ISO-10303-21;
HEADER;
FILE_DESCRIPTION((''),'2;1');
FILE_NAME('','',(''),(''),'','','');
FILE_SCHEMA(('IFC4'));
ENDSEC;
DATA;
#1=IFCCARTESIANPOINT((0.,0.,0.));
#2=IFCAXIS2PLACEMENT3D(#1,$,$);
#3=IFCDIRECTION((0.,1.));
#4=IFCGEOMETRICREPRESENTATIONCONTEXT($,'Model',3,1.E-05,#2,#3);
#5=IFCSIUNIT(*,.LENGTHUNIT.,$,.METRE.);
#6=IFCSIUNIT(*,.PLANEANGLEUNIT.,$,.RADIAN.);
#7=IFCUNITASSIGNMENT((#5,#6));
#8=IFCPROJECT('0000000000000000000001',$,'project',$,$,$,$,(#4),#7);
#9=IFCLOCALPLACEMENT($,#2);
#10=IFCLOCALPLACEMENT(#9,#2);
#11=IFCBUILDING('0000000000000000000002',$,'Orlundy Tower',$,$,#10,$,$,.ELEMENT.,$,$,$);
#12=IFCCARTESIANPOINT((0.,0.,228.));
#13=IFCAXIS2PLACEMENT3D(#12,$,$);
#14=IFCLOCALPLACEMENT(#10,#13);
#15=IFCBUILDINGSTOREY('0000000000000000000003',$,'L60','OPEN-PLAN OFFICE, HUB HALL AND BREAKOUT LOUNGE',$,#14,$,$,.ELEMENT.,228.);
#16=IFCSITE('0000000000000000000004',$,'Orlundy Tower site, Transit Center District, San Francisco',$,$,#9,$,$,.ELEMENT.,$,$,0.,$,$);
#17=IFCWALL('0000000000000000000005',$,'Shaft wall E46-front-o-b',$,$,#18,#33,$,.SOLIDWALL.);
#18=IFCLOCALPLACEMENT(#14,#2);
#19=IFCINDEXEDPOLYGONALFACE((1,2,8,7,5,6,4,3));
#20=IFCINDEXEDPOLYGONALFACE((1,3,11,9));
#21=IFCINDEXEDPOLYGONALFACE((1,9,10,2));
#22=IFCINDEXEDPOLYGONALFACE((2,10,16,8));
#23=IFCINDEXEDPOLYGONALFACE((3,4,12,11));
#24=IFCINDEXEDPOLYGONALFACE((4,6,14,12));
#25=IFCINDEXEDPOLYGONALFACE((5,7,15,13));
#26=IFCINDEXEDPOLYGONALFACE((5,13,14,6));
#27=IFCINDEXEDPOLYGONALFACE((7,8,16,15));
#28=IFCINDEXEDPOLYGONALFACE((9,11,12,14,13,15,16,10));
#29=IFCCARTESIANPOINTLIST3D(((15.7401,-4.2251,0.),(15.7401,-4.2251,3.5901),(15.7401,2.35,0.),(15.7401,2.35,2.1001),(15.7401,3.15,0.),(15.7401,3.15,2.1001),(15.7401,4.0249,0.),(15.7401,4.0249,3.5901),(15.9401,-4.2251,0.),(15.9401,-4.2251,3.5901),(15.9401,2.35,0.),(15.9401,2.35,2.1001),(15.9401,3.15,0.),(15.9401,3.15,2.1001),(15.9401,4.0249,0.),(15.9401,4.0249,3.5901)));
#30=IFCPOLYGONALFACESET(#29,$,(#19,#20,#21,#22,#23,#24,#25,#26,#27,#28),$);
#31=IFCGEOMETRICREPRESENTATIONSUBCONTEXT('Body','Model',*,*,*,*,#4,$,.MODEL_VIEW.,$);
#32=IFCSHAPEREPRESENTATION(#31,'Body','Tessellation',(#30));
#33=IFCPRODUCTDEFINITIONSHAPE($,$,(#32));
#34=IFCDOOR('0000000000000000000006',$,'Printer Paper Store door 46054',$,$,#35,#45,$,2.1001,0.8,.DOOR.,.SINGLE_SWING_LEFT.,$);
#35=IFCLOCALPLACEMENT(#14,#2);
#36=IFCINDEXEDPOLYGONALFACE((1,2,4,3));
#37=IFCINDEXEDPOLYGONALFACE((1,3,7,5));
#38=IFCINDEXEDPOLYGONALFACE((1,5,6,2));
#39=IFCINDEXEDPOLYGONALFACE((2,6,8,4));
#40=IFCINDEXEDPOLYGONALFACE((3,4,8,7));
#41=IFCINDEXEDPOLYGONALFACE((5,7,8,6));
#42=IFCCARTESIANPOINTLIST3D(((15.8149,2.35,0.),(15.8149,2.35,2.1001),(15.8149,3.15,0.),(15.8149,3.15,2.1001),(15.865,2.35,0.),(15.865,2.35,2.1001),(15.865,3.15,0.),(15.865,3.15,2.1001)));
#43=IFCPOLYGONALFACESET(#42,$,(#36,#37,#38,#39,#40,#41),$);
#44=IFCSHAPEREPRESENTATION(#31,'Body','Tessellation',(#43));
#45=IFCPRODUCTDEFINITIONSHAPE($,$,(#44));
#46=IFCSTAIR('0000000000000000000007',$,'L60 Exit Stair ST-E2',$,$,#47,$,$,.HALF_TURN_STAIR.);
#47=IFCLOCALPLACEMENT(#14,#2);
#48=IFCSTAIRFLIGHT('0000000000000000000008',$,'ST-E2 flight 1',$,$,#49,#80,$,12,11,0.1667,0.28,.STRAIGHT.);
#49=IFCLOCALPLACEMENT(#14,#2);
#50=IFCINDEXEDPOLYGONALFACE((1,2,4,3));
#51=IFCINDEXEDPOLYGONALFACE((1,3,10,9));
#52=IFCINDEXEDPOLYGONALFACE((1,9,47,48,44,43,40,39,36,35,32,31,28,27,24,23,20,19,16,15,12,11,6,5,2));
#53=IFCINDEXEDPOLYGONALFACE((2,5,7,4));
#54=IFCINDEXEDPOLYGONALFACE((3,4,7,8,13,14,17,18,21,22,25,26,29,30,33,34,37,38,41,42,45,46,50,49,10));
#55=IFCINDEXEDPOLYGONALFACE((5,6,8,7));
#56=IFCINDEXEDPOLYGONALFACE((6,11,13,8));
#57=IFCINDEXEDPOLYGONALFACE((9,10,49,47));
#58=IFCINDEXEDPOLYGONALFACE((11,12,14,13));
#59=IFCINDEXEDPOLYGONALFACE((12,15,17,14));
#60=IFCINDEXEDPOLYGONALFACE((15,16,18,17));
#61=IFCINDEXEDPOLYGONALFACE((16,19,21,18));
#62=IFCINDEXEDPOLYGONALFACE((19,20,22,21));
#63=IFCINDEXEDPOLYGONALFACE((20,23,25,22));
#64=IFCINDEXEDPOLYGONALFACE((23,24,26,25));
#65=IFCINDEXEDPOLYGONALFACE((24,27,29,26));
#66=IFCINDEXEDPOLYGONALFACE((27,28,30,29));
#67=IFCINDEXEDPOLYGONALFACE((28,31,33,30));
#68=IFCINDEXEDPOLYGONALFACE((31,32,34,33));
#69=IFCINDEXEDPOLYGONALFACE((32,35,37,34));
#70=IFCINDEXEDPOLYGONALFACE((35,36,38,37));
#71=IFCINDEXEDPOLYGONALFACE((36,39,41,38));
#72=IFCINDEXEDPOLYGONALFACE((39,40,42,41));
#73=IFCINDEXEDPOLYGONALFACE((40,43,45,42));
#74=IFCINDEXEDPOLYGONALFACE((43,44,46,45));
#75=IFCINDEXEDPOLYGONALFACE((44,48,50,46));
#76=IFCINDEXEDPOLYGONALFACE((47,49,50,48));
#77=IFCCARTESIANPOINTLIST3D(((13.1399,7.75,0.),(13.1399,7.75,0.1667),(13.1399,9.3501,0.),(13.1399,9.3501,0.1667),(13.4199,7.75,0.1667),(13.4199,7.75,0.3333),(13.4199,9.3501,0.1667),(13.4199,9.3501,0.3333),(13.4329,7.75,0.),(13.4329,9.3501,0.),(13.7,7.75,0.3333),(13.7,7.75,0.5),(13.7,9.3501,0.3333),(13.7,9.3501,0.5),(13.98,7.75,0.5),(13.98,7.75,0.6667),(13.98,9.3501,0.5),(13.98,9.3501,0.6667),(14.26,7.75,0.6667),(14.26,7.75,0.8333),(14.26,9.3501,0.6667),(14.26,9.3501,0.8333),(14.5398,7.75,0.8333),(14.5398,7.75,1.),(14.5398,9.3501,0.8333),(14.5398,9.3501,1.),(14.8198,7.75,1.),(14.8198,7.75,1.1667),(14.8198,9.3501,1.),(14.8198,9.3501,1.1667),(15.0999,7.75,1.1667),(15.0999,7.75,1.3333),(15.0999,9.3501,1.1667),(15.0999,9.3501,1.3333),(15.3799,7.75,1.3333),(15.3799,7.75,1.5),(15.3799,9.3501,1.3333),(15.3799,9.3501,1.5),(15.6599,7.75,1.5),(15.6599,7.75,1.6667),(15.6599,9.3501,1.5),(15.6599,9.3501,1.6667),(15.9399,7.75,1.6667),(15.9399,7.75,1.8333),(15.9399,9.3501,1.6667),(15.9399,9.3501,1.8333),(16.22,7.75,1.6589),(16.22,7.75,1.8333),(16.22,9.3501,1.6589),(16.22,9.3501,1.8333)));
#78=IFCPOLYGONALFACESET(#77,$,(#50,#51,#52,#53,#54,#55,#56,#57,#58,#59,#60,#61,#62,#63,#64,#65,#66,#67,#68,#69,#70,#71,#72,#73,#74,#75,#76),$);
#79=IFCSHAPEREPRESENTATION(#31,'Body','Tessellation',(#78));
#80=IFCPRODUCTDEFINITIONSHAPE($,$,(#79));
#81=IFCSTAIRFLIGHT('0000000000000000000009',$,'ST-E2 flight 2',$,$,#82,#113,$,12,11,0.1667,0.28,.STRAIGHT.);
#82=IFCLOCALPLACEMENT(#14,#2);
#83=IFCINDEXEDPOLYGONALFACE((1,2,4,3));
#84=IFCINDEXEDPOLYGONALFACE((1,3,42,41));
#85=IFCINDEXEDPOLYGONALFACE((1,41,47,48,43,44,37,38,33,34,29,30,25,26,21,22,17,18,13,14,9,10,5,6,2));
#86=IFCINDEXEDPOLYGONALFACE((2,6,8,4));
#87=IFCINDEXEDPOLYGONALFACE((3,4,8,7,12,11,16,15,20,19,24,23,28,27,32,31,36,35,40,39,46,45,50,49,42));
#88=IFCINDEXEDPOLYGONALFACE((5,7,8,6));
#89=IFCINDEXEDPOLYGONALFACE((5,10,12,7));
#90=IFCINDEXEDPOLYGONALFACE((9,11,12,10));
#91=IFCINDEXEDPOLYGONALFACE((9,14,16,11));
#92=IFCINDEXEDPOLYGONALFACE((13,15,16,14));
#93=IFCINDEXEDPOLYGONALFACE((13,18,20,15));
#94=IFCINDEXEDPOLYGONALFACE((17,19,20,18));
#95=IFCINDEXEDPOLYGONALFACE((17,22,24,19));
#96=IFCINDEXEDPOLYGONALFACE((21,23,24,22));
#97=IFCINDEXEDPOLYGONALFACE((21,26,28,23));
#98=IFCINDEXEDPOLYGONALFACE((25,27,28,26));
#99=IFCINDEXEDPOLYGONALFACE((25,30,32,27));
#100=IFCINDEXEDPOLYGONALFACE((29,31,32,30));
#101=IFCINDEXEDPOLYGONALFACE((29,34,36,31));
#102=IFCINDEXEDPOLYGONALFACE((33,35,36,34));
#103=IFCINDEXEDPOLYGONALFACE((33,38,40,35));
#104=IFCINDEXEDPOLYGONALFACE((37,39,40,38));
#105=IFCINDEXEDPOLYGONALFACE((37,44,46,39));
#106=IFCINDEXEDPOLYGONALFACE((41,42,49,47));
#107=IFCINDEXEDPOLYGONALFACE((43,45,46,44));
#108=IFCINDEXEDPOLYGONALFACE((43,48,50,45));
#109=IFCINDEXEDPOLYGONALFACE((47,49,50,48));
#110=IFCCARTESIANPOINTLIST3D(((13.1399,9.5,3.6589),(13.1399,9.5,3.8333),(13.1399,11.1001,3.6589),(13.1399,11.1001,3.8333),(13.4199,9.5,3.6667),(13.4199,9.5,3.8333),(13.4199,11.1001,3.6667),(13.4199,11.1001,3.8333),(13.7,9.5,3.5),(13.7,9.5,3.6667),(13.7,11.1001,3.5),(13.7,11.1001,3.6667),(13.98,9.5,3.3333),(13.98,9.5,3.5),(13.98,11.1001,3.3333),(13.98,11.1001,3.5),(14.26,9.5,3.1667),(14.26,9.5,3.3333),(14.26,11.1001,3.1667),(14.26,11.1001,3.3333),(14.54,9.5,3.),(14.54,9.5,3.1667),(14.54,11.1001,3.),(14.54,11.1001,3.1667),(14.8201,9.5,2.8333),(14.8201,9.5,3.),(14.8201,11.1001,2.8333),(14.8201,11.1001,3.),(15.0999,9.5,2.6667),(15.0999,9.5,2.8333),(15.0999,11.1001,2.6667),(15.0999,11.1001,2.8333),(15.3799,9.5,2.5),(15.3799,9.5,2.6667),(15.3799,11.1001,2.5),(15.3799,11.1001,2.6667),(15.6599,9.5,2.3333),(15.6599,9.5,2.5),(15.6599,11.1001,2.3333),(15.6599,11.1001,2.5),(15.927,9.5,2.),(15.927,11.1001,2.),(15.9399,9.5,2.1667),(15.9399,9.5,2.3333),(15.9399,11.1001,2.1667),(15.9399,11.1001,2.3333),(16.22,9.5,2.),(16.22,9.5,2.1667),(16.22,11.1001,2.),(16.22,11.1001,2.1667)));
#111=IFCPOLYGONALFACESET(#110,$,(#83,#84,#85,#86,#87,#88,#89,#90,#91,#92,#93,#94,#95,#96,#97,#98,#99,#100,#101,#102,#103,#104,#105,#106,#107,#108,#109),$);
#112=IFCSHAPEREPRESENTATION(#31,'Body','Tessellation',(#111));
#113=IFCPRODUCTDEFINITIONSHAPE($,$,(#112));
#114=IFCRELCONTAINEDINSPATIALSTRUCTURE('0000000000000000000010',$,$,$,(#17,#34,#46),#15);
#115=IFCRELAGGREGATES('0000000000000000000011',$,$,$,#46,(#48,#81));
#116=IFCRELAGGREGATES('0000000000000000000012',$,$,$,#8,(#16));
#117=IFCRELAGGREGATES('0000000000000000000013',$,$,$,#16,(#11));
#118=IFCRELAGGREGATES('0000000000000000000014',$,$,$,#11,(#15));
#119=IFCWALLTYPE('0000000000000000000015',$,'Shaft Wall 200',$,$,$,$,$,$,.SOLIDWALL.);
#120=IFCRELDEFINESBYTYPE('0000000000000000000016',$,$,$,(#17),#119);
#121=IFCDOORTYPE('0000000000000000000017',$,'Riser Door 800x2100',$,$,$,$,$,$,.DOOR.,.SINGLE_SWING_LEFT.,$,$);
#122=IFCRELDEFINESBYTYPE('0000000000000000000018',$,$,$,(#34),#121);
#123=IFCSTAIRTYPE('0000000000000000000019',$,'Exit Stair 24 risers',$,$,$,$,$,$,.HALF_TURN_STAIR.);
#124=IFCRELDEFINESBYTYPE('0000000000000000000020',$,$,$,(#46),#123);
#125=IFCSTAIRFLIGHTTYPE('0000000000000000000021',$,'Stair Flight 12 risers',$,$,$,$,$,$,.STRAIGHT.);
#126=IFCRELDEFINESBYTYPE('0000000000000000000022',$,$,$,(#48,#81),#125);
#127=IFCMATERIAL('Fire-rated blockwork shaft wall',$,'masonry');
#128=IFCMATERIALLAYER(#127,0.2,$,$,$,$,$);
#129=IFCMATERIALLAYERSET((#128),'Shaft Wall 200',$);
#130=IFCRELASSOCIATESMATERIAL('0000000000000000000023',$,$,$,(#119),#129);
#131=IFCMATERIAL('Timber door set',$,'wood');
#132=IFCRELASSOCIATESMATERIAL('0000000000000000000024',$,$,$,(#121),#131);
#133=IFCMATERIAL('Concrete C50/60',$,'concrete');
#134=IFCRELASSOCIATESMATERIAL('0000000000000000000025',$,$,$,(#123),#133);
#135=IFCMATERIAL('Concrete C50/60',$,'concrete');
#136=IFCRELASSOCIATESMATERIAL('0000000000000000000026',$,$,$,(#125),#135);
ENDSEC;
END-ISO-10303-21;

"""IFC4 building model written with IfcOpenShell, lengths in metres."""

from ifc_helpers import new_model, si_unit, direction, frame, frame_2d, origin, place, context, subcontext, project, spatial, polyline, rectangle, outline, extrude, material, layer, layer_set, type_object, element, fill, aggregate, save


model = new_model("IFC4")

# Units and contexts
model_context = context("Model", 3, precision=1e-05, world=origin(), true_north=direction((0.0, 1.0)))
body_context = subcontext(model_context, "Body", "Model", "MODEL_VIEW")
ifc_project = project(units=[si_unit("LENGTHUNIT", "METRE"), si_unit("PLANEANGLEUNIT", "RADIAN")], contexts=[model_context])

# Site, building, storey
site_placement = place(None, origin())
site = spatial("IfcSite", under=ifc_project, at=site_placement, Name="Orlundy Tower site, Transit Center District, San Francisco", CompositionType="ELEMENT", RefElevation=0.0)
building_placement = place(site_placement, origin())
building = spatial("IfcBuilding", under=site, at=building_placement, Name="Orlundy Tower", CompositionType="ELEMENT")
storey_placement = place(building_placement, frame((0.0, 0.0, 228.0)))
storey = spatial("IfcBuildingStorey", under=building, at=storey_placement, Name="L60", Description="OPEN-PLAN OFFICE, HUB HALL AND BREAKOUT LOUNGE", CompositionType="ELEMENT", Elevation=228.0)

# Shared definitions
ifc_material_1 = material(Name="Fire-rated blockwork shaft wall", Category="masonry")
ifc_layer_1 = layer(ifc_material_1, 0.2)
ifc_layer_set_1 = layer_set([ifc_layer_1], Name="Shaft Wall 200")
wall_type_1 = type_object("IfcWallType", Name="Shaft Wall 200", PredefinedType="SOLIDWALL", material=ifc_layer_set_1)

# Shared definitions
ifc_material_2 = material(Name="Timber door set", Category="wood")
door_type_1 = type_object("IfcDoorType", Name="Riser Door 800x2100", OperationType="SINGLE_SWING_LEFT", PredefinedType="DOOR", material=ifc_material_2)

# Wall, opening, door
wall_1_placement = place(storey_placement, frame((15.8401, 4.0249, 0.0), z_axis=(0.0, 0.0, 1.0), x_axis=(0.0, -1.0, 0.0)))
wall_1 = element("IfcWall", 1, at=wall_1_placement, inside=storey, type_object=wall_type_1, Name="Shaft wall E46-front-o-b", PredefinedType="SOLIDWALL", context=body_context, shape_type="SweptSolid", body=[
    extrude(rectangle(XDim=8.25, YDim=0.2, at=frame_2d((4.125, 0.0))), origin(), (0.0, 0.0, 1.0), 3.5901),
])
opening_1_placement = place(wall_1_placement, frame((0.875, 0.0, 0.0)))
opening_1 = element("IfcOpeningElement", 2, at=opening_1_placement, cuts=wall_1, PredefinedType="OPENING", context=body_context, shape_type="SweptSolid", body=[
    extrude(rectangle(XDim=0.8, YDim=2.1001, at=frame_2d((0.3999, 1.05))), frame((0.0, 0.1101, 0.0), z_axis=(0.0, -1.0, 0.0), x_axis=(1.0, 0.0, 0.0)), (0.0, 0.0, 1.0), 0.2202),
])
door_1_placement = place(opening_1_placement, origin())
door_1 = element("IfcDoor", 3, at=door_1_placement, inside=storey, type_object=door_type_1, Name="Printer Paper Store door 46054", OperationType="SINGLE_SWING_LEFT", OverallHeight=2.1001, OverallWidth=0.8, PredefinedType="DOOR", context=body_context, shape_type="SweptSolid", body=[
    extrude(rectangle(XDim=0.8, YDim=2.1001, at=frame_2d((0.3999, 1.05))), frame((0.0, 0.0249, 0.0), z_axis=(0.0, -1.0, 0.0), x_axis=(1.0, 0.0, 0.0)), (0.0, 0.0, 1.0), 0.05),
])
fill(opening_1, door_1)

# Stair, stair flights
ifc_material_3 = material(Name="Concrete C50/60", Category="concrete")
stair_type = type_object("IfcStairType", Name="Exit Stair 24 risers", PredefinedType="HALF_TURN_STAIR", material=ifc_material_3)
stair_placement = place(storey_placement, origin())
stair = element("IfcStair", 4, at=stair_placement, inside=storey, type_object=stair_type, Name="L60 Exit Stair ST-E2", PredefinedType="HALF_TURN_STAIR")
ifc_material_4 = material(Name="Concrete C50/60", Category="concrete")
stair_flight_type = type_object("IfcStairFlightType", Name="Stair Flight 12 risers", PredefinedType="STRAIGHT", material=ifc_material_4)
stair_flight_1_placement = place(storey_placement, frame((13.1399, 8.55, 0.0), z_axis=(0.0, 0.0, 1.0), x_axis=(1.0, 0.0, 0.0)))
stair_flight_1 = element("IfcStairFlight", 5, at=stair_flight_1_placement, type_object=stair_flight_type, Name="ST-E2 flight 1", NumberOfRisers=12, NumberOfTreads=11, PredefinedType="STRAIGHT", RiserHeight=0.1667, TreadLength=0.28, context=body_context, shape_type="SweptSolid", body=[
    extrude(outline(polyline([(0.0, 0.0), (0.0, 0.1667), (0.28, 0.1667), (0.28, 0.3333), (0.5601, 0.3333), (0.5601, 0.5), (0.8401, 0.5), (0.8401, 0.6667), (1.1201, 0.6667), (1.1201, 0.8333), (1.3999, 0.8333), (1.3999, 1.0), (1.6799, 1.0), (1.6799, 1.1667), (1.96, 1.1667), (1.96, 1.3333), (2.24, 1.3333), (2.24, 1.5), (2.52, 1.5), (2.52, 1.6667), (2.8, 1.6667), (2.8, 1.8333), (3.0801, 1.8333), (3.0801, 2.0), (3.0801, 1.6589), (0.293, 0.0), (0.0, 0.0)])), frame((0.0, 0.8, 0.0), z_axis=(0.0, -1.0, 0.0), x_axis=(1.0, 0.0, 0.0)), (0.0, 0.0, 1.0), 1.6001),
])
stair_flight_2_placement = place(storey_placement, frame((16.22, 10.3, 2.0), z_axis=(0.0, 0.0, 1.0), x_axis=(-1.0, 0.0, 0.0)))
stair_flight_2 = element("IfcStairFlight", 6, at=stair_flight_2_placement, type_object=stair_flight_type, Name="ST-E2 flight 2", NumberOfRisers=12, NumberOfTreads=11, PredefinedType="STRAIGHT", RiserHeight=0.1667, TreadLength=0.28, context=body_context, shape_type="SweptSolid", body=[
    extrude(outline(polyline([(0.0, 0.0), (0.0, 0.1667), (0.28, 0.1667), (0.28, 0.3333), (0.5601, 0.3333), (0.5601, 0.5), (0.8401, 0.5), (0.8401, 0.6667), (1.1201, 0.6667), (1.1201, 0.8333), (1.3999, 0.8333), (1.3999, 1.0), (1.6799, 1.0), (1.6799, 1.1667), (1.96, 1.1667), (1.96, 1.3333), (2.24, 1.3333), (2.24, 1.5), (2.52, 1.5), (2.52, 1.6667), (2.8, 1.6667), (2.8, 1.8333), (3.0801, 1.8333), (3.0801, 2.0), (3.0801, 1.6589), (0.293, 0.0), (0.0, 0.0)])), frame((0.0, 0.8, 0.0), z_axis=(0.0, -1.0, 0.0), x_axis=(1.0, 0.0, 0.0)), (0.0, 0.0, 1.0), 1.6001),
])
aggregate(stair, [stair_flight_1, stair_flight_2])

save(model, "model.ifc")
